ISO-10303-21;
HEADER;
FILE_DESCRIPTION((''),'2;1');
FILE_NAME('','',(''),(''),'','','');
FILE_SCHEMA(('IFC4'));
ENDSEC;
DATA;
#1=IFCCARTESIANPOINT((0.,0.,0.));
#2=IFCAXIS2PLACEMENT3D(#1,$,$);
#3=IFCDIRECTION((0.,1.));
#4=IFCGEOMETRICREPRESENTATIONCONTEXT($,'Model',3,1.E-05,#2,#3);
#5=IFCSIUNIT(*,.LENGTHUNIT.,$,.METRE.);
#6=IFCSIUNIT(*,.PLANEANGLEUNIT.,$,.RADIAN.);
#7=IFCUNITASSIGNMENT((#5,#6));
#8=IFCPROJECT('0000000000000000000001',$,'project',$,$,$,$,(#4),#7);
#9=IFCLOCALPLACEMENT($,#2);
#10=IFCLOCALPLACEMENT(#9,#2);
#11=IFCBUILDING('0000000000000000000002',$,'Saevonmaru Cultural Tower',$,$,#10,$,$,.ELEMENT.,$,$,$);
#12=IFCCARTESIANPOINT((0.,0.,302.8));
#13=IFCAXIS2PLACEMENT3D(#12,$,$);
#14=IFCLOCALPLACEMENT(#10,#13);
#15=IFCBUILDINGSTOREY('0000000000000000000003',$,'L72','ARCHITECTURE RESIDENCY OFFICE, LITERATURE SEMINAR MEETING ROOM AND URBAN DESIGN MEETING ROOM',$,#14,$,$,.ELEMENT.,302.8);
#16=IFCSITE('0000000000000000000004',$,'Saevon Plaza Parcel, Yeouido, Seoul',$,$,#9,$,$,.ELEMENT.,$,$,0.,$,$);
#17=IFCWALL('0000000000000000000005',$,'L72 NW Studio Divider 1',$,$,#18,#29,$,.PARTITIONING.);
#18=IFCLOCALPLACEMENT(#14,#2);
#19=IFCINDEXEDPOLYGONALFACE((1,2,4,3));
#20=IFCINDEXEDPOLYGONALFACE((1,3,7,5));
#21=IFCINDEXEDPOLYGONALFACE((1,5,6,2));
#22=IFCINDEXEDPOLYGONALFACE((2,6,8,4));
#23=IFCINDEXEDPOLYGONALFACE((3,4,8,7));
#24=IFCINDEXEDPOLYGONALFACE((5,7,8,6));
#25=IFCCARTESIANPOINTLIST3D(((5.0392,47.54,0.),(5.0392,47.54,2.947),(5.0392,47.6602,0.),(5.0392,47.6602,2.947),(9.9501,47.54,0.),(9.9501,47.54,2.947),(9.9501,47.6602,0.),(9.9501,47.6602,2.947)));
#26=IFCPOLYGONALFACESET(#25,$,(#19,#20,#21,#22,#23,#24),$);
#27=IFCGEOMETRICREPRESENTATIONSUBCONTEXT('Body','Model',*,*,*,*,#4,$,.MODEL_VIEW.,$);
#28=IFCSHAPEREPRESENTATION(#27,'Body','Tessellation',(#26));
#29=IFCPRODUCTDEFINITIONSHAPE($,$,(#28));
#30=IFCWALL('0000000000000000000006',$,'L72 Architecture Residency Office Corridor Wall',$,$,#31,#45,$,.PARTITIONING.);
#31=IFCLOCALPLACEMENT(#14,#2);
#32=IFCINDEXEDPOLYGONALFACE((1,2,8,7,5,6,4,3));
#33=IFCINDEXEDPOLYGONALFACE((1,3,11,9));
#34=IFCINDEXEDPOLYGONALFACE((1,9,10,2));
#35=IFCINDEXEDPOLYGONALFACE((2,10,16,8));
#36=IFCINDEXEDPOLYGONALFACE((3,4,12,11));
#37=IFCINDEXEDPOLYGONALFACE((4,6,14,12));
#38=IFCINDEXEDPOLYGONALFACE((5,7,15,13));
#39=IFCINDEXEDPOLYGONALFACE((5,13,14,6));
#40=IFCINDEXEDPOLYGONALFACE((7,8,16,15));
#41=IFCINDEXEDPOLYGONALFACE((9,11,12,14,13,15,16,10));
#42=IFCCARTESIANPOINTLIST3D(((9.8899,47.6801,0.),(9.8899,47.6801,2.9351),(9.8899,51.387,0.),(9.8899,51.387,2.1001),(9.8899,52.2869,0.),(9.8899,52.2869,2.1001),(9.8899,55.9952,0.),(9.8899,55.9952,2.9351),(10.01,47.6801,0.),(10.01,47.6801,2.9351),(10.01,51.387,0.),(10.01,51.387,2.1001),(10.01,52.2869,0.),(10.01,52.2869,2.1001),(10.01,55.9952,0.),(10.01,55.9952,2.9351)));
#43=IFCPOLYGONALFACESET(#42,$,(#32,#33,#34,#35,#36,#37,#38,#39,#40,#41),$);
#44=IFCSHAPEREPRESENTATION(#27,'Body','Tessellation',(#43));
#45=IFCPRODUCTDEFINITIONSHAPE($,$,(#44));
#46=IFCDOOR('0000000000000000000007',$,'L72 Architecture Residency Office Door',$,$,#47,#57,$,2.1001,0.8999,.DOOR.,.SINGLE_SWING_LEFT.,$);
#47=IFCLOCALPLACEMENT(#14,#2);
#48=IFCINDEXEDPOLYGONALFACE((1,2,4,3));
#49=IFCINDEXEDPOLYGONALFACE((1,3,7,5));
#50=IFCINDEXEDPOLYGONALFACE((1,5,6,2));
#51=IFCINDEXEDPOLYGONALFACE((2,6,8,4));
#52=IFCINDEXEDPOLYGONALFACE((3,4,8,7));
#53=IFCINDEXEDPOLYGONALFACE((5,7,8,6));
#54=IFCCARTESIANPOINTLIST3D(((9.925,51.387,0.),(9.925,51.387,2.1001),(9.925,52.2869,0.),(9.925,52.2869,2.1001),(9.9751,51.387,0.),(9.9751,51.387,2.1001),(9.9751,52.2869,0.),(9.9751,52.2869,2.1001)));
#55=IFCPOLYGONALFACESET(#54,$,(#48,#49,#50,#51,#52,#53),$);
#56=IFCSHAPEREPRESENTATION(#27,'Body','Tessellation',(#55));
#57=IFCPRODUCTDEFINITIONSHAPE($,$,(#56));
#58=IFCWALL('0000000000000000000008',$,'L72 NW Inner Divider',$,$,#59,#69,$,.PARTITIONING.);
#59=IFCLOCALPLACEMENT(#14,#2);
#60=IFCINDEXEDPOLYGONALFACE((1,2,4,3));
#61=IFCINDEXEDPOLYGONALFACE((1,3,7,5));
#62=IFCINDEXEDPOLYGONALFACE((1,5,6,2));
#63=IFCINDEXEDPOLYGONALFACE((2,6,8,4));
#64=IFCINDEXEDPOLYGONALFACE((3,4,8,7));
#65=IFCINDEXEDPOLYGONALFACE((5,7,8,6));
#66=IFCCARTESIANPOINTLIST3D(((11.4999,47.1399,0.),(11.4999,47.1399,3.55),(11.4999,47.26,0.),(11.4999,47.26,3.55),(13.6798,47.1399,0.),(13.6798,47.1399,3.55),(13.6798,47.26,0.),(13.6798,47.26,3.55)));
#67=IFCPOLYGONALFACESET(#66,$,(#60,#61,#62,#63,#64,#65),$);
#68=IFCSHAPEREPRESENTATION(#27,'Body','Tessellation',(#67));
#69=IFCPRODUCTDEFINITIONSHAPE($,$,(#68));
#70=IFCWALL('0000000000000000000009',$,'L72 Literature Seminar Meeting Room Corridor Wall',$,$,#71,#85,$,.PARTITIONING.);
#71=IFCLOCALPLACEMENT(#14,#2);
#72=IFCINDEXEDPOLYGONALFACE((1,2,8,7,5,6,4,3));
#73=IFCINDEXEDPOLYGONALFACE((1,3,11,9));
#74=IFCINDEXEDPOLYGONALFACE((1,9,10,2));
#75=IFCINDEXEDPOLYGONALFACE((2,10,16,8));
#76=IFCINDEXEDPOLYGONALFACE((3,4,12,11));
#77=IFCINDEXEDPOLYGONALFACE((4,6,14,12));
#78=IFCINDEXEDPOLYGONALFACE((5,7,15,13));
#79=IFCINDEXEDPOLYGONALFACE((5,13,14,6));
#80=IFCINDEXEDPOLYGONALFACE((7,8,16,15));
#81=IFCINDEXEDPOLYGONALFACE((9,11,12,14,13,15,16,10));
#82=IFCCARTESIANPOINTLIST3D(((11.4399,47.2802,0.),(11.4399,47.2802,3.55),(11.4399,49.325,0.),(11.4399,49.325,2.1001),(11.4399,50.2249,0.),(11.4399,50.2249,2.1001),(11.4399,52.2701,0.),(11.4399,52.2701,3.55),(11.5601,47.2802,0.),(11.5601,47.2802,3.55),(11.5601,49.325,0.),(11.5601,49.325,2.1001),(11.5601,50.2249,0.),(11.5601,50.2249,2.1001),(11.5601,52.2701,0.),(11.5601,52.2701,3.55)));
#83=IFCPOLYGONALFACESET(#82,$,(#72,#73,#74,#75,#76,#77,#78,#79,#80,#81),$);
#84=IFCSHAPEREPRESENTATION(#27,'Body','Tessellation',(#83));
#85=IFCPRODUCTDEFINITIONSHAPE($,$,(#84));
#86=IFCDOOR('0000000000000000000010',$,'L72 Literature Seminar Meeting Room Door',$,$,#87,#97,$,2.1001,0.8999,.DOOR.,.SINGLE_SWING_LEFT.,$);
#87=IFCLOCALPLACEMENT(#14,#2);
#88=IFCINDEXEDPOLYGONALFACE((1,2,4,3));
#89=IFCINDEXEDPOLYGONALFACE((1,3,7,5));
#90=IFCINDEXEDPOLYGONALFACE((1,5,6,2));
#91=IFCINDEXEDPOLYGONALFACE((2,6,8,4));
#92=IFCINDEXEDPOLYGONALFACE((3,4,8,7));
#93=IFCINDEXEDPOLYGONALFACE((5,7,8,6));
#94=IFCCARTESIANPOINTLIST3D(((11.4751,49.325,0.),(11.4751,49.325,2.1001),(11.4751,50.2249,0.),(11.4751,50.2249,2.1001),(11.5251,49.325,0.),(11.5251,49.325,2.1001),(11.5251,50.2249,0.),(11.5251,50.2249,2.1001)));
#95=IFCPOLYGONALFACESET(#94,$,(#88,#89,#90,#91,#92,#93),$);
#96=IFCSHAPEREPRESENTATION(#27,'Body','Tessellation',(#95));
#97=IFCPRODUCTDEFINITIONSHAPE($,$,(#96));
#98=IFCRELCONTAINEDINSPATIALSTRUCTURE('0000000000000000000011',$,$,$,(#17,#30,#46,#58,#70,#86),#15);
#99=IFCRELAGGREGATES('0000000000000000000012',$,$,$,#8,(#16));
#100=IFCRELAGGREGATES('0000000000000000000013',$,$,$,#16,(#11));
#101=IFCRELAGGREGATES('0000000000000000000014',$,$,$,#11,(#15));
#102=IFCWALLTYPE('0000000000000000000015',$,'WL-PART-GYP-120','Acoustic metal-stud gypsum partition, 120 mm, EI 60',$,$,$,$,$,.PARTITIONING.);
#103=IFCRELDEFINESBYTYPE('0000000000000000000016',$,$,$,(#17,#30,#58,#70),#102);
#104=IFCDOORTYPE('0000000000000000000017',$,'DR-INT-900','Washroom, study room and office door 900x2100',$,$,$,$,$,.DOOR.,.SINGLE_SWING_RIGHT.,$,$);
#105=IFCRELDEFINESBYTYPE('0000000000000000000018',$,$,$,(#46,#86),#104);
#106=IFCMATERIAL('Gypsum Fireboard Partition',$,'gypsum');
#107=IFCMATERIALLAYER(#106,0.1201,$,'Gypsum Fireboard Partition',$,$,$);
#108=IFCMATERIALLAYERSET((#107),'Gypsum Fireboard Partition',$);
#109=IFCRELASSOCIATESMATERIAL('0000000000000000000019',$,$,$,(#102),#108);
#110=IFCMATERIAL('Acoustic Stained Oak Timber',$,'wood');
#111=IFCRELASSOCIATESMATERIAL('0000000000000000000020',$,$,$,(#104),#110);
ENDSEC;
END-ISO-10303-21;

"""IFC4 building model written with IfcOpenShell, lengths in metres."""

from ifc_helpers import new_model, si_unit, direction, frame, frame_2d, origin, place, context, subcontext, project, spatial, rectangle, extrude, material, layer, layer_set, type_object, element, fill, save


model = new_model("IFC4")

# Units and contexts
model_context = context("Model", 3, precision=1e-05, world=origin(), true_north=direction((0.0, 1.0)))
body_context = subcontext(model_context, "Body", "Model", "MODEL_VIEW")
ifc_project = project(units=[si_unit("LENGTHUNIT", "METRE"), si_unit("PLANEANGLEUNIT", "RADIAN")], contexts=[model_context])

# Site, building, storey
site_placement = place(None, origin())
site = spatial("IfcSite", under=ifc_project, at=site_placement, Name="Saevon Plaza Parcel, Yeouido, Seoul", CompositionType="ELEMENT", RefElevation=0.0)
building_placement = place(site_placement, origin())
building = spatial("IfcBuilding", under=site, at=building_placement, Name="Saevonmaru Cultural Tower", CompositionType="ELEMENT")
storey_placement = place(building_placement, frame((0.0, 0.0, 302.8)))
storey = spatial("IfcBuildingStorey", under=building, at=storey_placement, Name="L72", Description="ARCHITECTURE RESIDENCY OFFICE, LITERATURE SEMINAR MEETING ROOM AND URBAN DESIGN MEETING ROOM", CompositionType="ELEMENT", Elevation=302.8)

# Shared definitions
ifc_material_1 = material(Name="Gypsum Fireboard Partition", Category="gypsum")
ifc_layer_1 = layer(ifc_material_1, 0.1201, Name="Gypsum Fireboard Partition")
ifc_layer_set_1 = layer_set([ifc_layer_1], Name="Gypsum Fireboard Partition")
wall_type_1 = type_object("IfcWallType", Name="WL-PART-GYP-120", Description="Acoustic metal-stud gypsum partition, 120 mm, EI 60", PredefinedType="PARTITIONING", material=ifc_layer_set_1)

# Shared definitions
ifc_material_2 = material(Name="Acoustic Stained Oak Timber", Category="wood")
door_type = type_object("IfcDoorType", Name="DR-INT-900", Description="Washroom, study room and office door 900x2100", OperationType="SINGLE_SWING_RIGHT", PredefinedType="DOOR", material=ifc_material_2)

# Wall
wall_1_placement = place(storey_placement, frame((5.0391, 47.6001, 0.0), z_axis=(0.0, 0.0, 1.0), x_axis=(1.0, 0.0, 0.0)))
element("IfcWall", 1, at=wall_1_placement, inside=storey, type_object=wall_type_1, Name="L72 NW Studio Divider 1", PredefinedType="PARTITIONING", context=body_context, shape_type="SweptSolid", body=[
    extrude(rectangle(XDim=4.9109, YDim=0.1201, at=frame_2d((2.4556, 0.0))), origin(), (0.0, 0.0, 1.0), 2.947),
])

# Wall, opening, door
wall_2_placement = place(storey_placement, frame((9.95, 47.6799, 0.0), z_axis=(0.0, 0.0, 1.0), x_axis=(0.0, 1.0, 0.0)))
wall_2 = element("IfcWall", 2, at=wall_2_placement, inside=storey, type_object=wall_type_1, Name="L72 Architecture Residency Office Corridor Wall", PredefinedType="PARTITIONING", context=body_context, shape_type="SweptSolid", body=[
    extrude(rectangle(XDim=8.3152, YDim=0.1201, at=frame_2d((4.1577, 0.0))), origin(), (0.0, 0.0, 1.0), 2.9351),
])
opening_1_placement = place(wall_2_placement, frame((3.707, 0.0, 0.0)))
opening_1 = element("IfcOpeningElement", 3, at=opening_1_placement, cuts=wall_2, PredefinedType="OPENING", context=body_context, shape_type="SweptSolid", body=[
    extrude(rectangle(XDim=0.8999, YDim=2.1001, at=frame_2d((0.45, 1.05))), frame((0.0, 0.0701, 0.0), z_axis=(0.0, -1.0, 0.0), x_axis=(1.0, 0.0, 0.0)), (0.0, 0.0, 1.0), 0.1401),
])
door_1_placement = place(opening_1_placement, origin())
door_1 = element("IfcDoor", 4, at=door_1_placement, inside=storey, type_object=door_type, Name="L72 Architecture Residency Office Door", OperationType="SINGLE_SWING_LEFT", OverallHeight=2.1001, OverallWidth=0.8999, PredefinedType="DOOR", context=body_context, shape_type="SweptSolid", body=[
    extrude(rectangle(XDim=0.8999, YDim=2.1001, at=frame_2d((0.45, 1.05))), frame((0.0, 0.0249, 0.0), z_axis=(0.0, -1.0, 0.0), x_axis=(1.0, 0.0, 0.0)), (0.0, 0.0, 1.0), 0.05),
])
fill(opening_1, door_1)

# Wall
wall_3_placement = place(storey_placement, frame((11.5, 47.2, 0.0), z_axis=(0.0, 0.0, 1.0), x_axis=(1.0, 0.0, 0.0)))
element("IfcWall", 5, at=wall_3_placement, inside=storey, type_object=wall_type_1, Name="L72 NW Inner Divider", PredefinedType="PARTITIONING", context=body_context, shape_type="SweptSolid", body=[
    extrude(rectangle(XDim=2.1799, YDim=0.1201, at=frame_2d((1.0898, 0.0))), origin(), (0.0, 0.0, 1.0), 3.55),
])

# Wall, opening, door
wall_4_placement = place(storey_placement, frame((11.5, 47.28, 0.0), z_axis=(0.0, 0.0, 1.0), x_axis=(0.0, 1.0, 0.0)))
wall_4 = element("IfcWall", 6, at=wall_4_placement, inside=storey, type_object=wall_type_1, Name="L72 Literature Seminar Meeting Room Corridor Wall", PredefinedType="PARTITIONING", context=body_context, shape_type="SweptSolid", body=[
    extrude(rectangle(XDim=4.99, YDim=0.1201, at=frame_2d((2.4951, 0.0))), origin(), (0.0, 0.0, 1.0), 3.55),
])
opening_2_placement = place(wall_4_placement, frame((2.0449, 0.0, 0.0)))
opening_2 = element("IfcOpeningElement", 7, at=opening_2_placement, cuts=wall_4, PredefinedType="OPENING", context=body_context, shape_type="SweptSolid", body=[
    extrude(rectangle(XDim=0.8999, YDim=2.1001, at=frame_2d((0.45, 1.05))), frame((0.0, 0.0701, 0.0), z_axis=(0.0, -1.0, 0.0), x_axis=(1.0, 0.0, 0.0)), (0.0, 0.0, 1.0), 0.1401),
])
door_2_placement = place(opening_2_placement, origin())
door_2 = element("IfcDoor", 8, at=door_2_placement, inside=storey, type_object=door_type, Name="L72 Literature Seminar Meeting Room Door", OperationType="SINGLE_SWING_LEFT", OverallHeight=2.1001, OverallWidth=0.8999, PredefinedType="DOOR", context=body_context, shape_type="SweptSolid", body=[
    extrude(rectangle(XDim=0.8999, YDim=2.1001, at=frame_2d((0.45, 1.05))), frame((0.0, 0.0249, 0.0), z_axis=(0.0, -1.0, 0.0), x_axis=(1.0, 0.0, 0.0)), (0.0, 0.0, 1.0), 0.05),
])
fill(opening_2, door_2)

save(model, "model.ifc")
